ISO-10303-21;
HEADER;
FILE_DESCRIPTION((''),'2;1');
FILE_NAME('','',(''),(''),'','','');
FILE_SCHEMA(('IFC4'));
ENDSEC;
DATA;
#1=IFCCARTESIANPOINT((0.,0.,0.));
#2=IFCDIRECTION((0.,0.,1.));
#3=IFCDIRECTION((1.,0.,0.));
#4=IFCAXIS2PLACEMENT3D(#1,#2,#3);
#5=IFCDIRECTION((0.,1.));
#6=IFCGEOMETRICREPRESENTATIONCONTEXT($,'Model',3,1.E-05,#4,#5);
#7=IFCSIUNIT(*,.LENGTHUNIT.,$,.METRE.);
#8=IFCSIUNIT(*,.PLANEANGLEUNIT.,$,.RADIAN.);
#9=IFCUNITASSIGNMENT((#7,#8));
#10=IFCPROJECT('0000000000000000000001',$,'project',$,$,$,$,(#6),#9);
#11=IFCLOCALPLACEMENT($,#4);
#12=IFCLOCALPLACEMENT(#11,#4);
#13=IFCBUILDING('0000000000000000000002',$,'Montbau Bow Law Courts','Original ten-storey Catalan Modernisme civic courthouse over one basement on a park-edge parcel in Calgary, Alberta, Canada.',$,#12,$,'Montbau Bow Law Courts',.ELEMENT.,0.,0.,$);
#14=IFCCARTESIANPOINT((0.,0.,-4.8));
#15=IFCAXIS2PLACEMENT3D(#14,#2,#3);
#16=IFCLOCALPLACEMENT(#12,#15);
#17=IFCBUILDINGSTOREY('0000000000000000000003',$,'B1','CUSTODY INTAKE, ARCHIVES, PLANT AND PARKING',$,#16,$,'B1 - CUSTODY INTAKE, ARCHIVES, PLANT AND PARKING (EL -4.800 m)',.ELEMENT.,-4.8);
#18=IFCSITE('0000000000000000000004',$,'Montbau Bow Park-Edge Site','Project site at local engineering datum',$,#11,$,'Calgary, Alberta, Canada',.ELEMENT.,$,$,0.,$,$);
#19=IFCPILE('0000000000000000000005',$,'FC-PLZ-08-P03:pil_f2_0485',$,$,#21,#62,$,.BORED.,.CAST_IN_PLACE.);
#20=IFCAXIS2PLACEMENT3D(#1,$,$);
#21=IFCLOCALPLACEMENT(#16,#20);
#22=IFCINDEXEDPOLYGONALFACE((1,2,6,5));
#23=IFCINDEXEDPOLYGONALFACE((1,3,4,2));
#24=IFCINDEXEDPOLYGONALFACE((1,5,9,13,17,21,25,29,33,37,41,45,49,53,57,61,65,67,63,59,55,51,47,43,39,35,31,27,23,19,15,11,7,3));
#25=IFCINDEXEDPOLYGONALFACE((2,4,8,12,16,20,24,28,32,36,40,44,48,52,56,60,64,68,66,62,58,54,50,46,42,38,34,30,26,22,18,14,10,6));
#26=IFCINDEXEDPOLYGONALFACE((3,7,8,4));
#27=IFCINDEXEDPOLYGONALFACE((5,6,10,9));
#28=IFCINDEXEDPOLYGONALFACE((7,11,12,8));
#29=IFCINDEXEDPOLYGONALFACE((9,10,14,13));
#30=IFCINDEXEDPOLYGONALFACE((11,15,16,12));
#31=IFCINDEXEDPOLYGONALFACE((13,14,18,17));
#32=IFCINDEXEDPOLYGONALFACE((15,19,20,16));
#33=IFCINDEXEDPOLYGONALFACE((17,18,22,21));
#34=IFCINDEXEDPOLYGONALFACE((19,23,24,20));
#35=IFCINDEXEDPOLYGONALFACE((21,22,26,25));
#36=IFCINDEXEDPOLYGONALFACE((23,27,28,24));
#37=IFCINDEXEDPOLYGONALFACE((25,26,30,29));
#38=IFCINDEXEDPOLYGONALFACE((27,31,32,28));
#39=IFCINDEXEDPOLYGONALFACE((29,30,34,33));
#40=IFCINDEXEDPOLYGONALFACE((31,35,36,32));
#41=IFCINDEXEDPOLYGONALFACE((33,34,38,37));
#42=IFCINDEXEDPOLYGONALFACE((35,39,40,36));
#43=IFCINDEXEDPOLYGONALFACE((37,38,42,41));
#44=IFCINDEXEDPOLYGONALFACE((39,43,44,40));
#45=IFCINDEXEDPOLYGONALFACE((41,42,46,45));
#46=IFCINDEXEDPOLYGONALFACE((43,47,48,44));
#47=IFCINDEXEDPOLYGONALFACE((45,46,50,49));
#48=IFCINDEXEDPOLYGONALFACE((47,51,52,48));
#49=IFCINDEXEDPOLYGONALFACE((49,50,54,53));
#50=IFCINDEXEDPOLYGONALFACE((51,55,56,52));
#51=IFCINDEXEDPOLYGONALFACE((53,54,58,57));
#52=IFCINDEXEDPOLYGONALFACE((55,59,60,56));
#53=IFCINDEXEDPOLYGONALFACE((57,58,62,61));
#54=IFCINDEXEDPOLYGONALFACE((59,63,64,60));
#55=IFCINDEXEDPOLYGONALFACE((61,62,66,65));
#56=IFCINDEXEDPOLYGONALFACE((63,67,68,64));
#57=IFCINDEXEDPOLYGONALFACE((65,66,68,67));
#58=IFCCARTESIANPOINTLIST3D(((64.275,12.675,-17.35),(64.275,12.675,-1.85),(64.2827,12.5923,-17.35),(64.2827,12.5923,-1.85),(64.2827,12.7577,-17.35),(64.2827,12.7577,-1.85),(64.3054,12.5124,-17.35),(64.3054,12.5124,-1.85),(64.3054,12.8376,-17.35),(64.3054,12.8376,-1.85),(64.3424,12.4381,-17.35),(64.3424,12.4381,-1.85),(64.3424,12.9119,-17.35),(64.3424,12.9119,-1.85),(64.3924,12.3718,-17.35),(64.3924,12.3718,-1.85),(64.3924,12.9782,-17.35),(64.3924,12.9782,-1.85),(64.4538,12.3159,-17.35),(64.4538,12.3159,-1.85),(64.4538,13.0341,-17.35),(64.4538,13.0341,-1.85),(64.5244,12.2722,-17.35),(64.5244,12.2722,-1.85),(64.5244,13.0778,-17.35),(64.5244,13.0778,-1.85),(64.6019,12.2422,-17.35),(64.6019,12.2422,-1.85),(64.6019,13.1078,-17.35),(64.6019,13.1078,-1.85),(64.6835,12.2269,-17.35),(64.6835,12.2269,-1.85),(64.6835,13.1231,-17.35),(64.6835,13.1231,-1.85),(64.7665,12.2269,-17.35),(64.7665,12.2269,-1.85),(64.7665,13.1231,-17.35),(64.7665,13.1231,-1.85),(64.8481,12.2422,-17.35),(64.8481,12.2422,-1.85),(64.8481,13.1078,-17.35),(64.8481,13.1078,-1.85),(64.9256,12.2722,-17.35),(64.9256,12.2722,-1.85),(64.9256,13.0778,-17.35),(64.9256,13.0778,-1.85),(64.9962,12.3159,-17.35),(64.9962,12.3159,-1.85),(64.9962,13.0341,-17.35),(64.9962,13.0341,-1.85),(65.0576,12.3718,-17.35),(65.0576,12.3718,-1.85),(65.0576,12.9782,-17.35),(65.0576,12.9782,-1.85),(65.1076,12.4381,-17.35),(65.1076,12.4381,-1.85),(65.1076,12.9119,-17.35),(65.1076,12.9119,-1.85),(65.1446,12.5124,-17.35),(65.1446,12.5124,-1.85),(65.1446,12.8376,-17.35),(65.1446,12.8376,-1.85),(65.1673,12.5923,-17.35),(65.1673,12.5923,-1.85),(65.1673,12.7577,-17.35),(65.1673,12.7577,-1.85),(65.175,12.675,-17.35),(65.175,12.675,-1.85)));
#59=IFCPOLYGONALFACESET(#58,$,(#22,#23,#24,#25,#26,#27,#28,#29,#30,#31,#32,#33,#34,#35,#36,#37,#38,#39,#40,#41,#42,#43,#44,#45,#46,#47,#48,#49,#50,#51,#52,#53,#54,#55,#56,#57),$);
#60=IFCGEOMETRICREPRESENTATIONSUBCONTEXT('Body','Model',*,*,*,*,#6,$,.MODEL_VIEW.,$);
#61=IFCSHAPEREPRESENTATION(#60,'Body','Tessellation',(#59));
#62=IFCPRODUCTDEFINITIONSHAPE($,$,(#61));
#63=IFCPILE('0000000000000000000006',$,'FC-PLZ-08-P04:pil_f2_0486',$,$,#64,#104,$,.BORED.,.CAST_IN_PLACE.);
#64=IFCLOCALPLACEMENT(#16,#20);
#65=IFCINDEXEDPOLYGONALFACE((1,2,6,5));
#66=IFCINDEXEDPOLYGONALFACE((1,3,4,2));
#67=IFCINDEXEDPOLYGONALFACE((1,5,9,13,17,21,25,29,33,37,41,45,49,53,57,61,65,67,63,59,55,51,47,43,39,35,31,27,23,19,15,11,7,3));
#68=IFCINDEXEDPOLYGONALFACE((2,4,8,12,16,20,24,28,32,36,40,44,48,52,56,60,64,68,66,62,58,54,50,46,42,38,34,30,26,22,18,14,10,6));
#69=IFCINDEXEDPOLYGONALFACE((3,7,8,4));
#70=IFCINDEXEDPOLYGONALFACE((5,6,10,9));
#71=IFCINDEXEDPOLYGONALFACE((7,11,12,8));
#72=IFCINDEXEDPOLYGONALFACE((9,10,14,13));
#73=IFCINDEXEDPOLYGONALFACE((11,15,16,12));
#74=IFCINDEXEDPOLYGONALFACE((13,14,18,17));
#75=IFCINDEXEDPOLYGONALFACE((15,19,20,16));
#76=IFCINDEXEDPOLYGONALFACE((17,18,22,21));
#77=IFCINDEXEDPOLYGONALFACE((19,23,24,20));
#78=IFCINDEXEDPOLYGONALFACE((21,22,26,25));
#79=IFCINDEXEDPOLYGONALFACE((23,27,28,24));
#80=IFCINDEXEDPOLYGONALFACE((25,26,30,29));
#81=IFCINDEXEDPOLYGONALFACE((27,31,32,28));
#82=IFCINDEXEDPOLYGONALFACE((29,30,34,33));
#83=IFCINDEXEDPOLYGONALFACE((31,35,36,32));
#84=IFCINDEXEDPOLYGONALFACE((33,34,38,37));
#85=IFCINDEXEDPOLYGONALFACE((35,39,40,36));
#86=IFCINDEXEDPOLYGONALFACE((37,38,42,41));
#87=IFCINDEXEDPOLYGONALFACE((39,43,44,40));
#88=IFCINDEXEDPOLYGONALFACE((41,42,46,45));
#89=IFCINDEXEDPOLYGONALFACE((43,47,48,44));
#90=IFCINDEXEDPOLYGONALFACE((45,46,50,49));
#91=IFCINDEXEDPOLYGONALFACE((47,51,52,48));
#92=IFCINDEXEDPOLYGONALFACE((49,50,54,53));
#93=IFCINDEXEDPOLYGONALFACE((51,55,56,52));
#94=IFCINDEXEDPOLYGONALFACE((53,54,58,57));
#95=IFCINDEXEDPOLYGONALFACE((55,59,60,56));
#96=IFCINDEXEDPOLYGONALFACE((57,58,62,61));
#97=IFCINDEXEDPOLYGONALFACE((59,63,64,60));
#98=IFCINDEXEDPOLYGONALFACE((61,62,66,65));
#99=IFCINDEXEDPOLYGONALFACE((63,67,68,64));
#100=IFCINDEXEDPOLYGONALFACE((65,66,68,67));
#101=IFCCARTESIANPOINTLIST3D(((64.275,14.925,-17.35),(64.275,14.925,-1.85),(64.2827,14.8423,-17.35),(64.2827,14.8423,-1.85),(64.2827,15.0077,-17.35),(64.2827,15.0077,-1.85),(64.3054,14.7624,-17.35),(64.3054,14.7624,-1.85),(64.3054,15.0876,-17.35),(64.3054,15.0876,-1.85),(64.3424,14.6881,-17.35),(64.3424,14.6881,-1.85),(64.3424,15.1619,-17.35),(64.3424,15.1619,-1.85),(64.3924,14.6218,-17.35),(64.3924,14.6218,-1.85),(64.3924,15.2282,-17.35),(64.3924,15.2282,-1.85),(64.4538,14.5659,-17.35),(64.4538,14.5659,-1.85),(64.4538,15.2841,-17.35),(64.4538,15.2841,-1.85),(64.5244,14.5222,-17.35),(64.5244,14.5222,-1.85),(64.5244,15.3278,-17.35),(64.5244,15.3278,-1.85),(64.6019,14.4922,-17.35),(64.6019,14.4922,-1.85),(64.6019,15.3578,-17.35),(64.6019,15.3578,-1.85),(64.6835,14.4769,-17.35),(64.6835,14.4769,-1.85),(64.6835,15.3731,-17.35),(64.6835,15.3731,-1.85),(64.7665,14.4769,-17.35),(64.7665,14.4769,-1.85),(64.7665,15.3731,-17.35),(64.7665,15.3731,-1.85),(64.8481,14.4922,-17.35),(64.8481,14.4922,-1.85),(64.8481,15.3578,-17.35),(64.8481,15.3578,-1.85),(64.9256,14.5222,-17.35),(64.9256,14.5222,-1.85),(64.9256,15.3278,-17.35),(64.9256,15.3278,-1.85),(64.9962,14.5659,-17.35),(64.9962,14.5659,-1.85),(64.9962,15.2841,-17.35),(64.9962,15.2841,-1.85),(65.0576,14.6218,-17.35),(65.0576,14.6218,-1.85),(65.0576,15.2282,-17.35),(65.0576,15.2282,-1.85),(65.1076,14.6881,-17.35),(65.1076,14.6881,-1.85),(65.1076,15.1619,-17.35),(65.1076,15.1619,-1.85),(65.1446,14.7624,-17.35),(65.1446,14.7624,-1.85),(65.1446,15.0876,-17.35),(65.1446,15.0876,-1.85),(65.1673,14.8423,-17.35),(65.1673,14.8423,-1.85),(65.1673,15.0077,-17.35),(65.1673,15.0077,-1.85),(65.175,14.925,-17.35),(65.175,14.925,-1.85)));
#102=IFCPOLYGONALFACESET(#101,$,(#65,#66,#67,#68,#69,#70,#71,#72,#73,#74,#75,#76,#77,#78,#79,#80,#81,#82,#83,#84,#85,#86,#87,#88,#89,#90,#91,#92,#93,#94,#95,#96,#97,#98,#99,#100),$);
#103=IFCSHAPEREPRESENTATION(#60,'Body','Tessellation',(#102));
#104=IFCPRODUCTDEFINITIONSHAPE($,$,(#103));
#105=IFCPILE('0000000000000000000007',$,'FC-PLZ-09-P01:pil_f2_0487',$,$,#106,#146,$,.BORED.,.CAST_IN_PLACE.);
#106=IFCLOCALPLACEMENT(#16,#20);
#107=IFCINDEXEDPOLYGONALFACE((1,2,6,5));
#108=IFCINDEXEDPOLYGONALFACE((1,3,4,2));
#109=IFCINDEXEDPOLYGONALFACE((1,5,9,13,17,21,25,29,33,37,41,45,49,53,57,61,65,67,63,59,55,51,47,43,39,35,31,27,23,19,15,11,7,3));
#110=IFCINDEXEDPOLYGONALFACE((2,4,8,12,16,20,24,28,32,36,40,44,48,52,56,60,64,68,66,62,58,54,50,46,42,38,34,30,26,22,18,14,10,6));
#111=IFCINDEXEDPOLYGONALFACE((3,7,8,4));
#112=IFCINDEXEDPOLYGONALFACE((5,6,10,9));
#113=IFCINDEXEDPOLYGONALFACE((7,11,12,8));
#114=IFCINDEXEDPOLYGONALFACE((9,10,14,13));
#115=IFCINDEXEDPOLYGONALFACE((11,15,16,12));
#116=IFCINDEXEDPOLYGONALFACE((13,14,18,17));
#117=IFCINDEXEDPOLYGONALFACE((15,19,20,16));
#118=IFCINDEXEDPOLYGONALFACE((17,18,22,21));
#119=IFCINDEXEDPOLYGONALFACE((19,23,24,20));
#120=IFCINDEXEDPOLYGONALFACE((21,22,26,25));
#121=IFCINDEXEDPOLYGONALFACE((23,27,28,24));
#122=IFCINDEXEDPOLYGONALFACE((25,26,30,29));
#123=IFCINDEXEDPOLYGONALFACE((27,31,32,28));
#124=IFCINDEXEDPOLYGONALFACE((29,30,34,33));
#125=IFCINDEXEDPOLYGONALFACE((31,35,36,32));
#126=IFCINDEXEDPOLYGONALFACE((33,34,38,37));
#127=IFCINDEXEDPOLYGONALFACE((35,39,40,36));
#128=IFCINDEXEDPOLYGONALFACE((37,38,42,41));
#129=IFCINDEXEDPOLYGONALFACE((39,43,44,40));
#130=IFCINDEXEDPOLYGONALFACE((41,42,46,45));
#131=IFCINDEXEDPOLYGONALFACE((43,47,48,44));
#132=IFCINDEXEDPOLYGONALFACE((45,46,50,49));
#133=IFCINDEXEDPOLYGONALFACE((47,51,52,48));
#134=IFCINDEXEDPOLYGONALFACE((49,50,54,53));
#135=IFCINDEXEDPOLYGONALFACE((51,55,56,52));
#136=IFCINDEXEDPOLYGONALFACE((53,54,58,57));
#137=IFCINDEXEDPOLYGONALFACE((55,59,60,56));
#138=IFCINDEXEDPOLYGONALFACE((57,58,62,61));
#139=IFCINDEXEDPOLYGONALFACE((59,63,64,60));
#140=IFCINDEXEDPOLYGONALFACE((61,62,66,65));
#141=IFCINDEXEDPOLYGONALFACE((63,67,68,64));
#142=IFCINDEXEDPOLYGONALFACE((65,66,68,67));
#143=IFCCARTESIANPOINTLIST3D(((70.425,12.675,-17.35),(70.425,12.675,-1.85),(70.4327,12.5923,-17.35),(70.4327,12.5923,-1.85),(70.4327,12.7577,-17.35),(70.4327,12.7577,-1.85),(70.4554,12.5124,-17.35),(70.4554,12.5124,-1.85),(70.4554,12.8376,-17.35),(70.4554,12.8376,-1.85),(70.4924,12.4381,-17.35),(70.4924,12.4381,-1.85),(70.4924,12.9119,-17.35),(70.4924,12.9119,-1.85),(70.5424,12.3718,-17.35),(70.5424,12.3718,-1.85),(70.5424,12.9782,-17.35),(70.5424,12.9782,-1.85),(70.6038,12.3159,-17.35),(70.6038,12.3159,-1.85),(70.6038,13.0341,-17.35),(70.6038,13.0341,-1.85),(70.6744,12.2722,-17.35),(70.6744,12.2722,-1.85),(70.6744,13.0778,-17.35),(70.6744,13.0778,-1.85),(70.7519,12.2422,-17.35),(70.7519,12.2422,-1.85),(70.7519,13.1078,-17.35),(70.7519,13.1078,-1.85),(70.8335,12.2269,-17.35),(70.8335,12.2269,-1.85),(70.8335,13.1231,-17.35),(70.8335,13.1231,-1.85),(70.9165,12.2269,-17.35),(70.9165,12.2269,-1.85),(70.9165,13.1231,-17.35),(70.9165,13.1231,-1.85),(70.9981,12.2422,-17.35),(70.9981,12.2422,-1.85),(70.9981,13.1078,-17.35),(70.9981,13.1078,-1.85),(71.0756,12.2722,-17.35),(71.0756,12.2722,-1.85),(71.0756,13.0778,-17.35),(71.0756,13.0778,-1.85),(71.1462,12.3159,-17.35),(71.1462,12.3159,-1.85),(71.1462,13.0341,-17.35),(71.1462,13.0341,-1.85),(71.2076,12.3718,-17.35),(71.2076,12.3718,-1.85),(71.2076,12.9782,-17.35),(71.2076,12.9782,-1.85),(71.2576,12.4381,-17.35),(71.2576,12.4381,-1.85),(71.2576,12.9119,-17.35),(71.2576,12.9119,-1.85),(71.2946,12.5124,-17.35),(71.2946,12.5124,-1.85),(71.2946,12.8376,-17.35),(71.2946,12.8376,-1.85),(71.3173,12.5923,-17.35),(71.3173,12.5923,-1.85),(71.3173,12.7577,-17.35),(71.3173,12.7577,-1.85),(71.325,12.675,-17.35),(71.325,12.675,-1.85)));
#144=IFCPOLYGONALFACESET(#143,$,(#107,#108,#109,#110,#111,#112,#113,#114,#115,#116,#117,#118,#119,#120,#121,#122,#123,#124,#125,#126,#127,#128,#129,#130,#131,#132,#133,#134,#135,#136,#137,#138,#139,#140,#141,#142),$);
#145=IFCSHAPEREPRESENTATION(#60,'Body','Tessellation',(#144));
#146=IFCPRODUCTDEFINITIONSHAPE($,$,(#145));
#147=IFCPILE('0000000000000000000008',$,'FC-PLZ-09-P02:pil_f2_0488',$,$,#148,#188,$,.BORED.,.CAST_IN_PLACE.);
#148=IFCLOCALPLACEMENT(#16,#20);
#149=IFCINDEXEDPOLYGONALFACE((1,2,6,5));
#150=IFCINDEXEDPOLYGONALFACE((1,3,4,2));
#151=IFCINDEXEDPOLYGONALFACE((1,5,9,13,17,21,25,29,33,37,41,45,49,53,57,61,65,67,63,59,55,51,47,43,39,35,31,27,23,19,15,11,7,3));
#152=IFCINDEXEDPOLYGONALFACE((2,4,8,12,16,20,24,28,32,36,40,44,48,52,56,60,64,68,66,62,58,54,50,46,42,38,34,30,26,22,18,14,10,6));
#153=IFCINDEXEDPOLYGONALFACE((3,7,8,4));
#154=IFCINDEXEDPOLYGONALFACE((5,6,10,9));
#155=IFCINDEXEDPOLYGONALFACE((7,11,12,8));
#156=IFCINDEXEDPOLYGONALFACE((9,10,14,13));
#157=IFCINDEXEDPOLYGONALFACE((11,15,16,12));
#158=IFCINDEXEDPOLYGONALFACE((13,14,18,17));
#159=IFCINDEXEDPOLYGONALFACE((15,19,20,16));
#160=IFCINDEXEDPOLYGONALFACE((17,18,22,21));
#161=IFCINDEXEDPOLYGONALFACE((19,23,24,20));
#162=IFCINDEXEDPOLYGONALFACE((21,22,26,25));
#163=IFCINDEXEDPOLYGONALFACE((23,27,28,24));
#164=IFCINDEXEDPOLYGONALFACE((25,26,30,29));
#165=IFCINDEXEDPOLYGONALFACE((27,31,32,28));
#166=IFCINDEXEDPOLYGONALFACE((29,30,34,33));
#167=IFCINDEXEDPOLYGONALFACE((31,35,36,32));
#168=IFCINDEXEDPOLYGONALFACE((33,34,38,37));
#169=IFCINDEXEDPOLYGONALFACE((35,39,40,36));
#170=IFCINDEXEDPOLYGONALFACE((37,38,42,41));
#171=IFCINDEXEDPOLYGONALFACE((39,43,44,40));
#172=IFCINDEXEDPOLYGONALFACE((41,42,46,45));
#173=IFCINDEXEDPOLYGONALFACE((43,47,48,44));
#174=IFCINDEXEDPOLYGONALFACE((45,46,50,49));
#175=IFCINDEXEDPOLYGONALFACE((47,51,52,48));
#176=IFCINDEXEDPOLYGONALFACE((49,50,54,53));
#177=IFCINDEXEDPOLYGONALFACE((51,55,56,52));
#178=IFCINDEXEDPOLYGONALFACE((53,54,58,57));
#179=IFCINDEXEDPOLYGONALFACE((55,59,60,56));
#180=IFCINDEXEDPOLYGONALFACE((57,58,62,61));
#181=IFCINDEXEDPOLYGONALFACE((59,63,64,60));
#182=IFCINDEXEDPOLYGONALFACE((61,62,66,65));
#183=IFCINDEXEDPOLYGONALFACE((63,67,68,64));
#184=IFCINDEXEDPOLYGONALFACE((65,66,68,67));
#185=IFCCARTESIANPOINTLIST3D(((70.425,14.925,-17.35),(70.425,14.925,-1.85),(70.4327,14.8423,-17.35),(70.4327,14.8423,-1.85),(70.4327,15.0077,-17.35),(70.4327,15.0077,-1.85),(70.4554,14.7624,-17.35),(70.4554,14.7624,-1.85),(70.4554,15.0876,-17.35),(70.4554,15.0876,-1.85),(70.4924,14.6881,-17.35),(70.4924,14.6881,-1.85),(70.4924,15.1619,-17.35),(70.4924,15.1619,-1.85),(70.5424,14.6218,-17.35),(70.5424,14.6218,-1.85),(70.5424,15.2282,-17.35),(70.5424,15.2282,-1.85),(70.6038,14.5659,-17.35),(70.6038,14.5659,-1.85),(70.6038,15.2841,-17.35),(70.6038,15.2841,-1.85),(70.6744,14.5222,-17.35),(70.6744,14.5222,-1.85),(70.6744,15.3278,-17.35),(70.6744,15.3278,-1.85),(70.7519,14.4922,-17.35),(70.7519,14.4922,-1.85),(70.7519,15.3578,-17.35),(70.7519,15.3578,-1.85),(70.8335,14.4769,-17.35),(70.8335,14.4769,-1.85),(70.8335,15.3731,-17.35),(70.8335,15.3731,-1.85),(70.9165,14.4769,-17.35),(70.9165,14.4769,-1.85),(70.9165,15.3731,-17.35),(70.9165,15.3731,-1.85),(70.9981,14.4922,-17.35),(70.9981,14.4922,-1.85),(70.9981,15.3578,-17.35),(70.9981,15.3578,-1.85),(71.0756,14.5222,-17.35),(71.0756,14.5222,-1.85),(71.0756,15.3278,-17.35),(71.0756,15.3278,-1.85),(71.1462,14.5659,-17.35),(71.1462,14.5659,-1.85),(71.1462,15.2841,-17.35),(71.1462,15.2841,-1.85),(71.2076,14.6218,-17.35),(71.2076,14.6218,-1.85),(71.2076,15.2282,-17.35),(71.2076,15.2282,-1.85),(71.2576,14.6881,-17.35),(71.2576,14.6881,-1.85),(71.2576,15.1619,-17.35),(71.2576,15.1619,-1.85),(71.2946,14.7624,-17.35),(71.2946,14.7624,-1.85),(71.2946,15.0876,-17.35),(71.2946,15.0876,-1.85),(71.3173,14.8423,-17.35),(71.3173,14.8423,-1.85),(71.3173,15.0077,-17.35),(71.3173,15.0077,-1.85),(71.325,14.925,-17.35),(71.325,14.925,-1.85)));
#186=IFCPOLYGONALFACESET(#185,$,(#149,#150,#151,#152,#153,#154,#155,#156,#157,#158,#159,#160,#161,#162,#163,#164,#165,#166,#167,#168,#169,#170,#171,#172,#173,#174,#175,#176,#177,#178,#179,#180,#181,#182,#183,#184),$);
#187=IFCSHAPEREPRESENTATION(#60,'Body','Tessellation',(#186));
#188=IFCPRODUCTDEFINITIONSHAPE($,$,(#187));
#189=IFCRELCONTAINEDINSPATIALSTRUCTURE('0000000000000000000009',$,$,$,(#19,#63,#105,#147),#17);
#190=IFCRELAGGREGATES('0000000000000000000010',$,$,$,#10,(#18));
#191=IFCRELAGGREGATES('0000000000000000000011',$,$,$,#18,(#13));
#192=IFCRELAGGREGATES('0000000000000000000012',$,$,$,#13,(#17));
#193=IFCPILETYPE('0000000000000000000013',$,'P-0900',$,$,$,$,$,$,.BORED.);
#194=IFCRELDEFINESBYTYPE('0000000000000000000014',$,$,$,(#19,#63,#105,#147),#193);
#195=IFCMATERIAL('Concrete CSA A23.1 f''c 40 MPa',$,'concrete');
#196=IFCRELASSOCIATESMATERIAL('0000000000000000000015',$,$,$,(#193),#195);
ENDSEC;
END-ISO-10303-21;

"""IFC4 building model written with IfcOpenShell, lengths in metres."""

from ifc_helpers import new_model, si_unit, direction, frame, origin_with_axes, origin_2d_with_axis, place, context, subcontext, project, spatial, circle, extrude, material, material_profile, profile_set, type_object, element, save


model = new_model("IFC4")

# Units and contexts
model_context = context("Model", 3, precision=1e-05, world=origin_with_axes(), true_north=direction((0.0, 1.0)))
body_context = subcontext(model_context, "Body", "Model", "MODEL_VIEW")
ifc_project = project(units=[si_unit("LENGTHUNIT", "METRE"), si_unit("PLANEANGLEUNIT", "RADIAN")], contexts=[model_context])

# Site, building, storey
site_placement = place(None, origin_with_axes())
site = spatial("IfcSite", under=ifc_project, at=site_placement, Name="Montbau Bow Park-Edge Site", Description="Project site at local engineering datum", LongName="Calgary, Alberta, Canada", CompositionType="ELEMENT", RefElevation=0.0)
building_placement = place(site_placement, origin_with_axes())
building = spatial("IfcBuilding", under=site, at=building_placement, Name="Montbau Bow Law Courts", Description="Original ten-storey Catalan Modernisme civic courthouse over one basement on a park-edge parcel in Calgary, Alberta, Canada.", LongName="Montbau Bow Law Courts", CompositionType="ELEMENT", ElevationOfRefHeight=0.0, ElevationOfTerrain=0.0)
storey_placement = place(building_placement, frame((0.0, 0.0, -4.8), z_axis=(0.0, 0.0, 1.0), x_axis=(1.0, 0.0, 0.0)))
storey = spatial("IfcBuildingStorey", under=building, at=storey_placement, Name="B1", Description="CUSTODY INTAKE, ARCHIVES, PLANT AND PARKING", LongName="B1 - CUSTODY INTAKE, ARCHIVES, PLANT AND PARKING (EL -4.800 m)", CompositionType="ELEMENT", Elevation=-4.8)

# Piles
ifc_material_1 = material(Name="Concrete CSA A23.1 f'c 40 MPa", Category="concrete")
ifc_material_profile_1 = material_profile(ifc_material_1, circle(Radius=0.45, at=origin_2d_with_axis()), Name="BP900", Category="Main", Priority=0)
ifc_profile_set_1 = profile_set([ifc_material_profile_1], Name="Concrete CSA A23.1 f'c 40 MPa")
pile_type_1 = type_object("IfcPileType", Name="P-0900", PredefinedType="BORED", material=ifc_profile_set_1)
for number, where, z_axis, x_axis, name in (
    (1, (64.725, 12.675, -22.15), (0.0, 0.0, 1.0), (1.0, 0.0, 0.0), "FC-PLZ-08-P03:pil_f2_0485"),
    (2, (64.725, 14.925, -22.15), (0.0, 0.0, 1.0), (1.0, 0.0, 0.0), "FC-PLZ-08-P04:pil_f2_0486"),
    (3, (70.875, 12.675, -22.15), (0.0, 0.0, 1.0), (1.0, 0.0, 0.0), "FC-PLZ-09-P01:pil_f2_0487"),
    (4, (70.875, 14.925, -22.15), (0.0, 0.0, 1.0), (1.0, 0.0, 0.0), "FC-PLZ-09-P02:pil_f2_0488"),
):
    element("IfcPile", number, at=place(None, frame(where, z_axis=z_axis, x_axis=x_axis)), inside=storey, type_object=pile_type_1, Name=name, ConstructionType="CAST_IN_PLACE", PredefinedType="BORED", context=body_context, shape_type="SweptSolid", body=[
        extrude(circle(Radius=0.45, at=origin_2d_with_axis()), origin_with_axes(), (0.0, 0.0, 1.0), 15.5),
    ])

save(model, "model.ifc")
